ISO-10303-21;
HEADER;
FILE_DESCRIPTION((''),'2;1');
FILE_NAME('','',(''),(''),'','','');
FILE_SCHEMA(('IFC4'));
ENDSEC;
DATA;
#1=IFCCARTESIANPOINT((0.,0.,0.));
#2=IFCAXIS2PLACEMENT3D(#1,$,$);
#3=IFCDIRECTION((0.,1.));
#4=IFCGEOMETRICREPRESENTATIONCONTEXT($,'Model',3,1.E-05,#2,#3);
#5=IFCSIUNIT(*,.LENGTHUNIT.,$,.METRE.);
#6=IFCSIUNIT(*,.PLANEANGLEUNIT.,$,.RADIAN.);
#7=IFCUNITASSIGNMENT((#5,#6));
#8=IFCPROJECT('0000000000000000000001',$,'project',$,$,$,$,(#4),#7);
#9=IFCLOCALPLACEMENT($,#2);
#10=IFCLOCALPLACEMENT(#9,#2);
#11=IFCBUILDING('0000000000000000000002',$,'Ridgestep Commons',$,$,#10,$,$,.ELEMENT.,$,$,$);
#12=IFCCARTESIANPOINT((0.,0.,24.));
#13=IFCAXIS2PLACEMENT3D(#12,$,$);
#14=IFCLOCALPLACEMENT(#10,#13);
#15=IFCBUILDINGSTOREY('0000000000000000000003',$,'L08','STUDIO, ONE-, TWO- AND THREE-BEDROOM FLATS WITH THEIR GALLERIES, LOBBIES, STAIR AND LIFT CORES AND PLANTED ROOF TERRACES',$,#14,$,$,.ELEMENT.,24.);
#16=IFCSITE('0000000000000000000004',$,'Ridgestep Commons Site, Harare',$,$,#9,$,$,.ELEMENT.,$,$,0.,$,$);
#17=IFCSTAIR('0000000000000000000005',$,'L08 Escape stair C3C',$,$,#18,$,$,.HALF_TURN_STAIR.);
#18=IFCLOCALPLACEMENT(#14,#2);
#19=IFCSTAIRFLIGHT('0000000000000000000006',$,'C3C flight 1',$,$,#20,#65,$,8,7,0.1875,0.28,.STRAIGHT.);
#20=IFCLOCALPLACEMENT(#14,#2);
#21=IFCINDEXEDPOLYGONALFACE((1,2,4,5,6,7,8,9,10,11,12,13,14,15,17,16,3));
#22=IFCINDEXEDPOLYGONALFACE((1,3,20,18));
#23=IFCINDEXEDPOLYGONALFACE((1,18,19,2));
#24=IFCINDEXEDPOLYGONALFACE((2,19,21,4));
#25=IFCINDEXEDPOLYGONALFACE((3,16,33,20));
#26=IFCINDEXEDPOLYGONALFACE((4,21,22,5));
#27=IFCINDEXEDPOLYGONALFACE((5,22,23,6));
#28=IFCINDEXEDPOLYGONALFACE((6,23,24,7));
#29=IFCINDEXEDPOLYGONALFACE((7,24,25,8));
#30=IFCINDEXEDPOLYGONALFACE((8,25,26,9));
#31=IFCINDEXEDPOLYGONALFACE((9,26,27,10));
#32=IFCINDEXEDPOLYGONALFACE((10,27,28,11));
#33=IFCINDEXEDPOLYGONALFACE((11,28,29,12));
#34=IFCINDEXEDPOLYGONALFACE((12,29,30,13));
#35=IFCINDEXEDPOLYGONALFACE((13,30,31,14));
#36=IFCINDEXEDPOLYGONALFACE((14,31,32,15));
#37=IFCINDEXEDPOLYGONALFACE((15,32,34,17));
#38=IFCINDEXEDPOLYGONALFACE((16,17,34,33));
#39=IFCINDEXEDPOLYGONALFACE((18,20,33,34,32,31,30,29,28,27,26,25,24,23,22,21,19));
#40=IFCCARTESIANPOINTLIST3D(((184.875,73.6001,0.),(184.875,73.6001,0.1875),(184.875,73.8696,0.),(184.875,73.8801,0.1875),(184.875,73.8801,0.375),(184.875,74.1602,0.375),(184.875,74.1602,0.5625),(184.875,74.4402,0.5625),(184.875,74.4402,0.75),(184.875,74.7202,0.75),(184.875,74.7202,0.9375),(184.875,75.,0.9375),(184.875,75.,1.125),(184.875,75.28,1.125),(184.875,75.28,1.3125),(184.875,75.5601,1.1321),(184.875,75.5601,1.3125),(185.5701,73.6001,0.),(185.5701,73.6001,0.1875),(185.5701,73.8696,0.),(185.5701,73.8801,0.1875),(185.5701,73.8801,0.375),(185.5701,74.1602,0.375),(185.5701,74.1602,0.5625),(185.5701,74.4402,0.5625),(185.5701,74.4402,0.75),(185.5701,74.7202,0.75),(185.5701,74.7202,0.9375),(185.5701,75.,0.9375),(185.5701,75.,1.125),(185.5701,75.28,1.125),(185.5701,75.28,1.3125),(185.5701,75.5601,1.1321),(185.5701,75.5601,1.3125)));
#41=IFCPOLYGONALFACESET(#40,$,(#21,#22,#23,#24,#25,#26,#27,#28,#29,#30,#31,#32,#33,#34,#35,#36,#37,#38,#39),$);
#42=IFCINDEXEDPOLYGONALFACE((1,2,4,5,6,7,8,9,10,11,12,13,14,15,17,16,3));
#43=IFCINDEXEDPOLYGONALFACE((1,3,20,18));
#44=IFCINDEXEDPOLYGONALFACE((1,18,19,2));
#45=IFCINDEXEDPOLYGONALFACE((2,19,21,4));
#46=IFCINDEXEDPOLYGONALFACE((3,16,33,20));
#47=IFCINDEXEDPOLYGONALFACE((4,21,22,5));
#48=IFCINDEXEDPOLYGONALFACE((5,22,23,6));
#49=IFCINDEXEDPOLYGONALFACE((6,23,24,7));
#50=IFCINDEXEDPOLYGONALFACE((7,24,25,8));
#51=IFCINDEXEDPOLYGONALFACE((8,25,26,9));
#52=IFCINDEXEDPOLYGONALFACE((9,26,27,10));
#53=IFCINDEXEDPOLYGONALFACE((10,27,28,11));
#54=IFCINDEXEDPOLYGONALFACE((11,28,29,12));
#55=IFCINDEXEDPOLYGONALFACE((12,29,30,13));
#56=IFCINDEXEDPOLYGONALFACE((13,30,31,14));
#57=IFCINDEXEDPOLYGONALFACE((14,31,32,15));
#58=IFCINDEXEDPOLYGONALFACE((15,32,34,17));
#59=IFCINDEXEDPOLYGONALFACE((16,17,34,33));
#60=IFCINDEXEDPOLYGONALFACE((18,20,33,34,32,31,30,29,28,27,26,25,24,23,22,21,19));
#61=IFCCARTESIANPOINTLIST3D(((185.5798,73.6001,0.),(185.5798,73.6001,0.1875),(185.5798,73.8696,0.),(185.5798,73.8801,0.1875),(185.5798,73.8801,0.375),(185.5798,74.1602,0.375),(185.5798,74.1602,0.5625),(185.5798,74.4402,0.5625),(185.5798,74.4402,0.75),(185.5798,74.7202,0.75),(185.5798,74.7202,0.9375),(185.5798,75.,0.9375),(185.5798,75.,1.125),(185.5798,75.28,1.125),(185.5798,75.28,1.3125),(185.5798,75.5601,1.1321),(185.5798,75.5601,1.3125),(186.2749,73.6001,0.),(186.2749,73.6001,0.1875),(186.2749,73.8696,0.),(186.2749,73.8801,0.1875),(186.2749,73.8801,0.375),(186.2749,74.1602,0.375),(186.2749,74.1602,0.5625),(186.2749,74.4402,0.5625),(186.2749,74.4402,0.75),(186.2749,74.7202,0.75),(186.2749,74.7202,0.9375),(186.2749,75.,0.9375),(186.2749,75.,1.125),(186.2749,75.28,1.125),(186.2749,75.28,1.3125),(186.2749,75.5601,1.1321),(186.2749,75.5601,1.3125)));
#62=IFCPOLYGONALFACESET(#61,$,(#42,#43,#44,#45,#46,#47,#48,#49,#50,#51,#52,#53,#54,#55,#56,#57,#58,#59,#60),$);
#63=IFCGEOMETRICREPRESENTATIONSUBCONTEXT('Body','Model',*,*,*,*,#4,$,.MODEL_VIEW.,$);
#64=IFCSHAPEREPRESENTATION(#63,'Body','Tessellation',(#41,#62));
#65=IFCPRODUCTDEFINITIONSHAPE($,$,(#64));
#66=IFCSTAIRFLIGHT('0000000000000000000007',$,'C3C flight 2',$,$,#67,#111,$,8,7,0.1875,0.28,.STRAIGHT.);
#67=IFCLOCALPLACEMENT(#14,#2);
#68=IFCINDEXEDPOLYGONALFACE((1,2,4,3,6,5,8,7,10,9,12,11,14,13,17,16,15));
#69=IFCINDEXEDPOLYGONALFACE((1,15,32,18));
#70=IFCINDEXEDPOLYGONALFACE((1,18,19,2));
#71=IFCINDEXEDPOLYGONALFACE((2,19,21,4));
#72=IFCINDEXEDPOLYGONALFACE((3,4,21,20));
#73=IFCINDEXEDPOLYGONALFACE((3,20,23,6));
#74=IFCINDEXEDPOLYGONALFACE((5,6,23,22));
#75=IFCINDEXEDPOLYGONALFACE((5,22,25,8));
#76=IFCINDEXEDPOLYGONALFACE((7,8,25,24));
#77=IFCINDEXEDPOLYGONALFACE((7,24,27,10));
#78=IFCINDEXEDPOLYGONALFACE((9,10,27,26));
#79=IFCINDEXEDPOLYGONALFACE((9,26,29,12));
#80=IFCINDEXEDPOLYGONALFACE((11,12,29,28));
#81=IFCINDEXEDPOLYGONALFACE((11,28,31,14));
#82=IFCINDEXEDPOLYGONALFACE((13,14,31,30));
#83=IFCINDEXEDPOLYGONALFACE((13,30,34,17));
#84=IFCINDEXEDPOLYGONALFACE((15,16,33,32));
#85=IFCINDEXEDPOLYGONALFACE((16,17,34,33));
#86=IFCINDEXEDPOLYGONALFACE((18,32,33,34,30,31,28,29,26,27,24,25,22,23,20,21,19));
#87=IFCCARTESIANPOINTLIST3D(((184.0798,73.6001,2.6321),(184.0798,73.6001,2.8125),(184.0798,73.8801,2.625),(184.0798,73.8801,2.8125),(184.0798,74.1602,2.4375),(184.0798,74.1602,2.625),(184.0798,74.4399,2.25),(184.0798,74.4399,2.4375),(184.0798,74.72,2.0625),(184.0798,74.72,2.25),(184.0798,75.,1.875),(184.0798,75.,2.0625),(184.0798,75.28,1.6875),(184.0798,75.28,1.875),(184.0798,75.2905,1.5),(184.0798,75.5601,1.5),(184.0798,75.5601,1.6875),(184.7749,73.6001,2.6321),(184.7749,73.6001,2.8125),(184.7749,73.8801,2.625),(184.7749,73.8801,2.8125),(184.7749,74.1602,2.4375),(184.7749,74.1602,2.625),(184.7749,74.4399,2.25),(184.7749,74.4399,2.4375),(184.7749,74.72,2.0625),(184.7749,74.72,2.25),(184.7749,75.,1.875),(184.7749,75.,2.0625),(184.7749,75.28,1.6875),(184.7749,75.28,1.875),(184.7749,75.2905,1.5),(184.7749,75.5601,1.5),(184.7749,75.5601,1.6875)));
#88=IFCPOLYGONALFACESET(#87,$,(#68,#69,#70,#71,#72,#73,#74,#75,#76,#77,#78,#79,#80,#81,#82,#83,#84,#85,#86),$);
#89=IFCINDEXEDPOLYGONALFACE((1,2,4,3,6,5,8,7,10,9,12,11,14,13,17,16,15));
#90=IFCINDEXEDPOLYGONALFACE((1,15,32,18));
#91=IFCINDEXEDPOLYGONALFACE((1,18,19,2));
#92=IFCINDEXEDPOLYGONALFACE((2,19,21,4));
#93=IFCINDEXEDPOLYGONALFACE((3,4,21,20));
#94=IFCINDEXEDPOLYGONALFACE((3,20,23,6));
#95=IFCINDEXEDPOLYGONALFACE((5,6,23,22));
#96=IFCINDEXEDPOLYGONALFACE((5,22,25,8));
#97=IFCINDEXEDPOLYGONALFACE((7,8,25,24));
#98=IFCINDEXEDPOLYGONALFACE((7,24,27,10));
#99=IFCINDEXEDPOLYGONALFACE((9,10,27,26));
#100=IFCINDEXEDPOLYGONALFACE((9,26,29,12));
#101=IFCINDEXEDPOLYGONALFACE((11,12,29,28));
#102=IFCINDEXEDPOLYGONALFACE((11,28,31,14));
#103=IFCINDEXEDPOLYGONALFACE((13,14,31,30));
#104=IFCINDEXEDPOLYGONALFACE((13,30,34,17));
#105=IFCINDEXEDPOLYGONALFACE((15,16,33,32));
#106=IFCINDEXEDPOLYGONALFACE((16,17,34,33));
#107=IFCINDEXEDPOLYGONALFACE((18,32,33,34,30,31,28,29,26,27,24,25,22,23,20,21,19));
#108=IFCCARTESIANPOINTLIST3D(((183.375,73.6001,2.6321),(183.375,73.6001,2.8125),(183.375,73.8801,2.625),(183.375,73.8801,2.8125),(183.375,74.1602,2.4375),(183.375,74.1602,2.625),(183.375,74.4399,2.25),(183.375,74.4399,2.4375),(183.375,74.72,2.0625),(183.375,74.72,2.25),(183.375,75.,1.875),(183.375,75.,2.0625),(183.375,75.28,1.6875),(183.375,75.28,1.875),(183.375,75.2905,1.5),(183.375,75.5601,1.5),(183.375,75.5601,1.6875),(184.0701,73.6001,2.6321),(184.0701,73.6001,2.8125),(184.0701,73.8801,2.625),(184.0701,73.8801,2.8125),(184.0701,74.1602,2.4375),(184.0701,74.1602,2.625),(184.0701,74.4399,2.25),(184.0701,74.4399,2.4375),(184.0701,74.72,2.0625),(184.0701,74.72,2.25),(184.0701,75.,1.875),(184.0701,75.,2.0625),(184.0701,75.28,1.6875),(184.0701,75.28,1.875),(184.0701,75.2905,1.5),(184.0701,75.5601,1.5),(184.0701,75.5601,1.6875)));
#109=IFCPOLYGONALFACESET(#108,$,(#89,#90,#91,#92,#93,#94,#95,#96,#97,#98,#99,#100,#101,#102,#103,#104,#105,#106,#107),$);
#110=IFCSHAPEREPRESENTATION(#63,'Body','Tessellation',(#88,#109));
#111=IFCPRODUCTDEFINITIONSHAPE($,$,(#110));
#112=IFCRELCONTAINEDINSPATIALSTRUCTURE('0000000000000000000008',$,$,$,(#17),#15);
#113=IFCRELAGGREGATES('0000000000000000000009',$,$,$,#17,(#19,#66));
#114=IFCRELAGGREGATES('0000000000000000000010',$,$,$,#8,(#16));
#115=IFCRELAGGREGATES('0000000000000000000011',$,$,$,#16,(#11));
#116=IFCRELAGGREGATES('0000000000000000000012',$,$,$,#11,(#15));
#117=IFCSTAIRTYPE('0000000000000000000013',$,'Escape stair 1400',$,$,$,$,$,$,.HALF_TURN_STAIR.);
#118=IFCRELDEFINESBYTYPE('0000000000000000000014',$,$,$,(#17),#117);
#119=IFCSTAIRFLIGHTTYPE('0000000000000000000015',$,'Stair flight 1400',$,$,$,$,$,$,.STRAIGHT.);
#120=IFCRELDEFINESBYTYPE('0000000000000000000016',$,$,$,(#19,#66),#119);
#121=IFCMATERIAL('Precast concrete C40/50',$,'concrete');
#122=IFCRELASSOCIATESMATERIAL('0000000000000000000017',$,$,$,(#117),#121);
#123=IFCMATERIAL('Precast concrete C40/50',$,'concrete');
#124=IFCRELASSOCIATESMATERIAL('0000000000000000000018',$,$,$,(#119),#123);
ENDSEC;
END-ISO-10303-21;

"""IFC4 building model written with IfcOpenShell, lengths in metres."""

from ifc_helpers import new_model, si_unit, direction, frame, origin, place, context, subcontext, project, spatial, polyline, outline, extrude, material, type_object, element, aggregate, save


model = new_model("IFC4")

# Units and contexts
model_context = context("Model", 3, precision=1e-05, world=origin(), true_north=direction((0.0, 1.0)))
body_context = subcontext(model_context, "Body", "Model", "MODEL_VIEW")
ifc_project = project(units=[si_unit("LENGTHUNIT", "METRE"), si_unit("PLANEANGLEUNIT", "RADIAN")], contexts=[model_context])

# Site, building, storey
site_placement = place(None, origin())
site = spatial("IfcSite", under=ifc_project, at=site_placement, Name="Ridgestep Commons Site, Harare", CompositionType="ELEMENT", RefElevation=0.0)
building_placement = place(site_placement, origin())
building = spatial("IfcBuilding", under=site, at=building_placement, Name="Ridgestep Commons", CompositionType="ELEMENT")
storey_placement = place(building_placement, frame((0.0, 0.0, 24.0)))
storey = spatial("IfcBuildingStorey", under=building, at=storey_placement, Name="L08", Description="STUDIO, ONE-, TWO- AND THREE-BEDROOM FLATS WITH THEIR GALLERIES, LOBBIES, STAIR AND LIFT CORES AND PLANTED ROOF TERRACES", CompositionType="ELEMENT", Elevation=24.0)

# Stair, stair flights
ifc_material_1 = material(Name="Precast concrete C40/50", Category="concrete")
stair_type = type_object("IfcStairType", Name="Escape stair 1400", PredefinedType="HALF_TURN_STAIR", material=ifc_material_1)
stair_placement = place(storey_placement, origin())
stair = element("IfcStair", 1, at=stair_placement, inside=storey, type_object=stair_type, Name="L08 Escape stair C3C", PredefinedType="HALF_TURN_STAIR")
ifc_material_2 = material(Name="Precast concrete C40/50", Category="concrete")
stair_flight_type = type_object("IfcStairFlightType", Name="Stair flight 1400", PredefinedType="STRAIGHT", material=ifc_material_2)
stair_flight_1_placement = place(storey_placement, frame((185.575, 73.6001, 0.0), z_axis=(0.0, 0.0, 1.0), x_axis=(0.0, 1.0, 0.0)))
stair_flight_1 = element("IfcStairFlight", 2, at=stair_flight_1_placement, type_object=stair_flight_type, Name="C3C flight 1", NumberOfRisers=8, NumberOfTreads=7, PredefinedType="STRAIGHT", RiserHeight=0.1875, TreadLength=0.28, context=body_context, shape_type="SweptSolid", body=[
    extrude(outline(polyline([(0.0, 0.0), (0.0, 0.1875), (0.28, 0.1875), (0.28, 0.375), (0.5601, 0.375), (0.5601, 0.5625), (0.8401, 0.5625), (0.8401, 0.75), (1.1201, 0.75), (1.1201, 0.9375), (1.3999, 0.9375), (1.3999, 1.125), (1.6799, 1.125), (1.6799, 1.3125), (1.96, 1.3125), (1.96, 1.5), (1.96, 1.1321), (0.2695, 0.0), (0.0, 0.0)])), frame((0.0, 0.7, 0.0), z_axis=(0.0, -1.0, 0.0), x_axis=(1.0, 0.0, 0.0)), (0.0, 0.0, 1.0), 0.6951),
    extrude(outline(polyline([(0.0, 0.0), (0.0, 0.1875), (0.28, 0.1875), (0.28, 0.375), (0.5601, 0.375), (0.5601, 0.5625), (0.8401, 0.5625), (0.8401, 0.75), (1.1201, 0.75), (1.1201, 0.9375), (1.3999, 0.9375), (1.3999, 1.125), (1.6799, 1.125), (1.6799, 1.3125), (1.96, 1.3125), (1.96, 1.5), (1.96, 1.1321), (0.2695, 0.0), (0.0, 0.0)])), frame((0.0, -0.0049, 0.0), z_axis=(0.0, -1.0, 0.0), x_axis=(1.0, 0.0, 0.0)), (0.0, 0.0, 1.0), 0.6951),
])
stair_flight_2_placement = place(storey_placement, frame((184.075, 75.5601, 1.5), z_axis=(0.0, 0.0, 1.0), x_axis=(0.0, -1.0, 0.0)))
stair_flight_2 = element("IfcStairFlight", 3, at=stair_flight_2_placement, type_object=stair_flight_type, Name="C3C flight 2", NumberOfRisers=8, NumberOfTreads=7, PredefinedType="STRAIGHT", RiserHeight=0.1875, TreadLength=0.28, context=body_context, shape_type="SweptSolid", body=[
    extrude(outline(polyline([(0.0, 0.0), (0.0, 0.1875), (0.28, 0.1875), (0.28, 0.375), (0.5601, 0.375), (0.5601, 0.5625), (0.8401, 0.5625), (0.8401, 0.75), (1.1201, 0.75), (1.1201, 0.9375), (1.3999, 0.9375), (1.3999, 1.125), (1.6799, 1.125), (1.6799, 1.3125), (1.96, 1.3125), (1.96, 1.5), (1.96, 1.1321), (0.2695, 0.0), (0.0, 0.0)])), frame((0.0, 0.7, 0.0), z_axis=(0.0, -1.0, 0.0), x_axis=(1.0, 0.0, 0.0)), (0.0, 0.0, 1.0), 0.6951),
    extrude(outline(polyline([(0.0, 0.0), (0.0, 0.1875), (0.28, 0.1875), (0.28, 0.375), (0.5601, 0.375), (0.5601, 0.5625), (0.8401, 0.5625), (0.8401, 0.75), (1.1201, 0.75), (1.1201, 0.9375), (1.3999, 0.9375), (1.3999, 1.125), (1.6799, 1.125), (1.6799, 1.3125), (1.96, 1.3125), (1.96, 1.5), (1.96, 1.1321), (0.2695, 0.0), (0.0, 0.0)])), frame((0.0, -0.0049, 0.0), z_axis=(0.0, -1.0, 0.0), x_axis=(1.0, 0.0, 0.0)), (0.0, 0.0, 1.0), 0.6951),
])
aggregate(stair, [stair_flight_1, stair_flight_2])

save(model, "model.ifc")
